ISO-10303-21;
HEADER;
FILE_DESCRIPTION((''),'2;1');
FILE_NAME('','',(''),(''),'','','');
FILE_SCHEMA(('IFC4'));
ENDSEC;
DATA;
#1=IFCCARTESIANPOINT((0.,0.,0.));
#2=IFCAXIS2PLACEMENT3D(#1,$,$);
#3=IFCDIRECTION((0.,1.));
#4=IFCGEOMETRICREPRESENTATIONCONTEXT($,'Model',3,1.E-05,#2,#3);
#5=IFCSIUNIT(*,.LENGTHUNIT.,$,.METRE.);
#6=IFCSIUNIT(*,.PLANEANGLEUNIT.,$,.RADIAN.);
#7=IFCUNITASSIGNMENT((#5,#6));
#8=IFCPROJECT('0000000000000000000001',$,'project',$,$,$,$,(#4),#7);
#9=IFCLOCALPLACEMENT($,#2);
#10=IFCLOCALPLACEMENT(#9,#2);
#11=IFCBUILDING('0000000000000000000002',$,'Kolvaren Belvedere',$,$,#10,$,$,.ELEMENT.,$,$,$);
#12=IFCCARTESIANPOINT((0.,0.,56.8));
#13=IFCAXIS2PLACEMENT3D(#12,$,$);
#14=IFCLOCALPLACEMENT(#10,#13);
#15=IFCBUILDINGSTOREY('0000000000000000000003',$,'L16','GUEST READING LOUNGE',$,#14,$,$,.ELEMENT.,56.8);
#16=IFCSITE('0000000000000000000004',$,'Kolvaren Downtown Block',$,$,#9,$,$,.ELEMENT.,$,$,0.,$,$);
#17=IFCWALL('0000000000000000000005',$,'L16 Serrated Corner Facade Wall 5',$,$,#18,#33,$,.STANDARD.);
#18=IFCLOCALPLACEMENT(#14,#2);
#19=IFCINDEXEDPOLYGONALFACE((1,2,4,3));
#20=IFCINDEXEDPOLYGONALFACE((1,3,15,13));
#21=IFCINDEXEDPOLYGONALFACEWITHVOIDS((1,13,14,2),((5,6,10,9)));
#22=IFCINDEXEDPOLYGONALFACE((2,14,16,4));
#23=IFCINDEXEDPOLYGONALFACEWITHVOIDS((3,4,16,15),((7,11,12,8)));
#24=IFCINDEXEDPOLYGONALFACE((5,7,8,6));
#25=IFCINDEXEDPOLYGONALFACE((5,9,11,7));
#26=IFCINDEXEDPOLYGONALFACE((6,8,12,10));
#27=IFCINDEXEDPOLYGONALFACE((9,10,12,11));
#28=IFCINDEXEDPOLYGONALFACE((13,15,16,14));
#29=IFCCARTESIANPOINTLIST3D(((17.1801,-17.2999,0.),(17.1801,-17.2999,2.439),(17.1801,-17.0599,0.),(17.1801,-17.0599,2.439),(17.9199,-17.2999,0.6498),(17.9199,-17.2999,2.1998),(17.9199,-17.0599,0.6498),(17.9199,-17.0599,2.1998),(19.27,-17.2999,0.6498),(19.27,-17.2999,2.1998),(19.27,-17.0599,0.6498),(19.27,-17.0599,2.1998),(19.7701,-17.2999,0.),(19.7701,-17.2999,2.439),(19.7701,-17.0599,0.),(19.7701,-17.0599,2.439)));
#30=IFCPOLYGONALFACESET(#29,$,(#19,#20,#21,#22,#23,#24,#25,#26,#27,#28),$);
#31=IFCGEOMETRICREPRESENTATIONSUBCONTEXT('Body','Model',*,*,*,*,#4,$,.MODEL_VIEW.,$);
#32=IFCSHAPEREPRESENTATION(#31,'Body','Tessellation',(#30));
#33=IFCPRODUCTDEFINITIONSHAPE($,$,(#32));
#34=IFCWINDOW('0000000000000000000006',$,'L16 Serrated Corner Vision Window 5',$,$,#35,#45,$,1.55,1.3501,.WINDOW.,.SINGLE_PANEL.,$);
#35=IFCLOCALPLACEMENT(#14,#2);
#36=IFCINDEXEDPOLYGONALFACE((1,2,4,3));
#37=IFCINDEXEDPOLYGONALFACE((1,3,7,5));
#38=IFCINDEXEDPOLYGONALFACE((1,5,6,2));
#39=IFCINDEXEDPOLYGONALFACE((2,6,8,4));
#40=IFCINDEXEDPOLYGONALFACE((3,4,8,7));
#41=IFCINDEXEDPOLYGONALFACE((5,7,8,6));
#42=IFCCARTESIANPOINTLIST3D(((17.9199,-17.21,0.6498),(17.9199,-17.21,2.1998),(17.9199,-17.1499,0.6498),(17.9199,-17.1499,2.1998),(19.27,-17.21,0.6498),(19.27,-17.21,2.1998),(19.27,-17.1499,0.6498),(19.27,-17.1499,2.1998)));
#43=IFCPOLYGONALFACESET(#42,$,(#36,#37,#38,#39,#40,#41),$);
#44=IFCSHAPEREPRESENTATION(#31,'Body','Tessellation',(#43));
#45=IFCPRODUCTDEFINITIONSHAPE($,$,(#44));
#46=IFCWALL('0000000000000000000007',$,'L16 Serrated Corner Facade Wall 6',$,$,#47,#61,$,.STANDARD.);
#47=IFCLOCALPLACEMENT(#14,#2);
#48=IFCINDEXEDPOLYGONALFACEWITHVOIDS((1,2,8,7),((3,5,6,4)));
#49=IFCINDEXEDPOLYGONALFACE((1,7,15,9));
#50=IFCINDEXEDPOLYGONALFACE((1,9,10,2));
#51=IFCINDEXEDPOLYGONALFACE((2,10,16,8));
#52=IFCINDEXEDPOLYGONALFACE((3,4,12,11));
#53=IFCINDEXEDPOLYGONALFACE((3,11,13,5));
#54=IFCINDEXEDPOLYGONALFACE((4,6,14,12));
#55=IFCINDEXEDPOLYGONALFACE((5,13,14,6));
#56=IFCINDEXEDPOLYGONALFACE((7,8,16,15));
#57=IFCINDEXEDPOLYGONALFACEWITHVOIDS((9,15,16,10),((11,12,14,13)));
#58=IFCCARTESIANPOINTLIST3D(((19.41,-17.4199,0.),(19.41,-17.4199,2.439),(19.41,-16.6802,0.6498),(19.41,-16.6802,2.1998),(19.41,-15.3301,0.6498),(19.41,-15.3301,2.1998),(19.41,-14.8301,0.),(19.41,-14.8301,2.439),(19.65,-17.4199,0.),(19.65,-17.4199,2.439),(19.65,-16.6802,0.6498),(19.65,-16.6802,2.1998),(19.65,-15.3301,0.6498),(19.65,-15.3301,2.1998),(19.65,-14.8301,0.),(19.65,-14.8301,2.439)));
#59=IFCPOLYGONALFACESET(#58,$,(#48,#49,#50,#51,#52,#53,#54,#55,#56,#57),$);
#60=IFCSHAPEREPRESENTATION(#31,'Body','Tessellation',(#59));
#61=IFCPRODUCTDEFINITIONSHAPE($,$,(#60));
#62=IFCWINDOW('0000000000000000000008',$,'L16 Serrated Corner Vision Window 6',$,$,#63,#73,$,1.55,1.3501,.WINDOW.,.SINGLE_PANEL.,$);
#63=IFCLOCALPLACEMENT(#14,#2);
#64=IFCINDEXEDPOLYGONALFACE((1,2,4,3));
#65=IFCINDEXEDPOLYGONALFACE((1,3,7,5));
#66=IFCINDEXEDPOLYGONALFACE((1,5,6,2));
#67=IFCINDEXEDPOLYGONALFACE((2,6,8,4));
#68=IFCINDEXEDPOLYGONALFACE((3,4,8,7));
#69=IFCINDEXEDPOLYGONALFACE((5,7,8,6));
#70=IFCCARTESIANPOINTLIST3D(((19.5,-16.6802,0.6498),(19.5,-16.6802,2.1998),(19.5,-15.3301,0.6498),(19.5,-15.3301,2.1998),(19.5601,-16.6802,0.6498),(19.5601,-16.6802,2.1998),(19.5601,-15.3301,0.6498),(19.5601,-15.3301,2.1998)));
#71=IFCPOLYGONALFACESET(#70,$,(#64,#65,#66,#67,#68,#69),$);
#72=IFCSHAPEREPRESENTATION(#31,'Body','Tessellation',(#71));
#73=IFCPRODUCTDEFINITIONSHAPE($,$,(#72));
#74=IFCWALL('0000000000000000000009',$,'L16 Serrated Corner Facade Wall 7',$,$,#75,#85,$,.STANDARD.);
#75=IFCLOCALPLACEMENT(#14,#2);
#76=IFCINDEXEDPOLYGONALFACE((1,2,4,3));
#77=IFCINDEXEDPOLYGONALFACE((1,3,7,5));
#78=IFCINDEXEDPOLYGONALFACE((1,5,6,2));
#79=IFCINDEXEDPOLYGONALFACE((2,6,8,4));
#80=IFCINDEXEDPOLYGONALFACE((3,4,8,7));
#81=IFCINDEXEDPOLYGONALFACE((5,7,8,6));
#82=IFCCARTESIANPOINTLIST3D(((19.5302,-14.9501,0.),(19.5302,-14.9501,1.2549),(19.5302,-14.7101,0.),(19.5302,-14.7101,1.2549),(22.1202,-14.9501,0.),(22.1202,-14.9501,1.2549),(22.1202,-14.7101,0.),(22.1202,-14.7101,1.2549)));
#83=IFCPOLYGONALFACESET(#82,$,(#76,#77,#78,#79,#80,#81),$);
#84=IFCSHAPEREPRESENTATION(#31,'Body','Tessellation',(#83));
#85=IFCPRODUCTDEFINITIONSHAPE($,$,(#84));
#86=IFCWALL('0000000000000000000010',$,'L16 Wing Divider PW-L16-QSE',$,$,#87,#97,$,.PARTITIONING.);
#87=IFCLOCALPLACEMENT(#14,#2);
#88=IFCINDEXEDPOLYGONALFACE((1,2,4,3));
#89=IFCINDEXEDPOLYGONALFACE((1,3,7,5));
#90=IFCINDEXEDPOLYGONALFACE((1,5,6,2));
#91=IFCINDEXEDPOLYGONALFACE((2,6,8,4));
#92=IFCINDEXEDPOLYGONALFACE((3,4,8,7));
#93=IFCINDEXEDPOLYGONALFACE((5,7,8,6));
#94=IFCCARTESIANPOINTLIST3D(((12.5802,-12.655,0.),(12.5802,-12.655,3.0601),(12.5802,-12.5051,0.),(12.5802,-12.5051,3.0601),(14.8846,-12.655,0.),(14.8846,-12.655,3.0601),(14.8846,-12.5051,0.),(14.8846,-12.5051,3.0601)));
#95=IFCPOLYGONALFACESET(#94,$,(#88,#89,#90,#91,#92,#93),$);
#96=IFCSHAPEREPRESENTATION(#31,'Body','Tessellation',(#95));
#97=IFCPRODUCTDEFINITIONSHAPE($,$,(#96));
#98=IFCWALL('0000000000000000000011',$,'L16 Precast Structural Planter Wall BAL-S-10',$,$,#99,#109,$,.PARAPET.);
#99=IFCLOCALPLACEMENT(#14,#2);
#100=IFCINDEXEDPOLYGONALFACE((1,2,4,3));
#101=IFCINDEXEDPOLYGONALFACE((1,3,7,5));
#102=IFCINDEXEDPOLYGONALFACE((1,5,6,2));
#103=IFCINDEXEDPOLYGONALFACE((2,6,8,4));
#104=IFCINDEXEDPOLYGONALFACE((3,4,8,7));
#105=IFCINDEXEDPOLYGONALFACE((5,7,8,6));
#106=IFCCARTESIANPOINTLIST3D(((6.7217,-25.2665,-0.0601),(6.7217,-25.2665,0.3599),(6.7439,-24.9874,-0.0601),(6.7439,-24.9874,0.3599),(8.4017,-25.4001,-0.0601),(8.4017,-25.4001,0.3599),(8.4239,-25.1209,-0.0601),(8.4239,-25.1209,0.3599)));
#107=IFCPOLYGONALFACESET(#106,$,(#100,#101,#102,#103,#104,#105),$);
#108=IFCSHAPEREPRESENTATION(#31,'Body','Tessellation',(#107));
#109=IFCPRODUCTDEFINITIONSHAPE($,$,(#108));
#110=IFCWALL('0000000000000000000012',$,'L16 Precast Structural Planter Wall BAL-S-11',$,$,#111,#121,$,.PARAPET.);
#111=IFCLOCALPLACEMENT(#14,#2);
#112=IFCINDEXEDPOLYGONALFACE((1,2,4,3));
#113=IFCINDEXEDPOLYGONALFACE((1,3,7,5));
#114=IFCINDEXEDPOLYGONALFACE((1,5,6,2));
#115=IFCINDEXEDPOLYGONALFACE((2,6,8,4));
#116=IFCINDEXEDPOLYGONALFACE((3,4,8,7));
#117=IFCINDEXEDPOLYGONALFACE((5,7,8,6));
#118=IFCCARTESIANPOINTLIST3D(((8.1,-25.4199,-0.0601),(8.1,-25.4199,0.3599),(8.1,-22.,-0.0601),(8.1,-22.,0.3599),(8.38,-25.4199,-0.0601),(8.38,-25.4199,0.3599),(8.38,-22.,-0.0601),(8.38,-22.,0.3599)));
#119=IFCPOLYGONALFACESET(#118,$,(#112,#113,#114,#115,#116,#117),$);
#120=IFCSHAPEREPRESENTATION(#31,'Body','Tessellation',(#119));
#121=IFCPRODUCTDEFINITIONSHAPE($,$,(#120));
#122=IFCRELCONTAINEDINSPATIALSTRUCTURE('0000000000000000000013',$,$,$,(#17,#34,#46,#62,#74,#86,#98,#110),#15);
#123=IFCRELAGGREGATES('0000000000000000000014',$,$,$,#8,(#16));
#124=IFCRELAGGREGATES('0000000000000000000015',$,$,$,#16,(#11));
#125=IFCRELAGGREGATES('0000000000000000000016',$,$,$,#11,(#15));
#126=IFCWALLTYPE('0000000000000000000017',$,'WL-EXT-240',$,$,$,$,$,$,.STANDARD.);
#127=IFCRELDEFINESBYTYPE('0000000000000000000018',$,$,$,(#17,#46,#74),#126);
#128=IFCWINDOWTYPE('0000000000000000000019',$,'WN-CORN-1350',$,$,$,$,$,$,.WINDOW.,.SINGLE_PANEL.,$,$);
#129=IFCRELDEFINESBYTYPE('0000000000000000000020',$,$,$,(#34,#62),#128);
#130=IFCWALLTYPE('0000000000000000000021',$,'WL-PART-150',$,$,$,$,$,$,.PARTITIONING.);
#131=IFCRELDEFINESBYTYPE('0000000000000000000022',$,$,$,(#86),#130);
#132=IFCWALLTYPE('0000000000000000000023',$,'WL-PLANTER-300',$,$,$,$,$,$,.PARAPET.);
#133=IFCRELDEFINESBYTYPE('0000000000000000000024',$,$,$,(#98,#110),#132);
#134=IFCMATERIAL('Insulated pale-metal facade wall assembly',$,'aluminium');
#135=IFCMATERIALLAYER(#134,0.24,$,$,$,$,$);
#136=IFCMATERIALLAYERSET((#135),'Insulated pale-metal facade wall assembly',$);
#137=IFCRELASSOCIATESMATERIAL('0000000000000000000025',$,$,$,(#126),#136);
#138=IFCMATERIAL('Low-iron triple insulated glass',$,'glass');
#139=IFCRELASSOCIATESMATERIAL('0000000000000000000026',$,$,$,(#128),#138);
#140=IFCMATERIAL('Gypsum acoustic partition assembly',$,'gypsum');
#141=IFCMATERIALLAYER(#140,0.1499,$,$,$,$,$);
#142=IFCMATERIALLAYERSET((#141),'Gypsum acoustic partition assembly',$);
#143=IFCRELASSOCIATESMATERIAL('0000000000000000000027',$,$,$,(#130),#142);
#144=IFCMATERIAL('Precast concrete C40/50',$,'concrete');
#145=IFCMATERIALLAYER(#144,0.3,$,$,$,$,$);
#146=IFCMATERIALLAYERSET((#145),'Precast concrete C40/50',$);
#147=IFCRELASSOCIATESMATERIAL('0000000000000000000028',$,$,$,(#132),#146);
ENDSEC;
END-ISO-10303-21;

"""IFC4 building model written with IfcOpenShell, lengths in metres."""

from ifc_helpers import new_model, si_unit, direction, frame, frame_2d, origin, place, context, subcontext, project, spatial, rectangle, extrude, material, layer, layer_set, type_object, element, fill, save


model = new_model("IFC4")

# Units and contexts
model_context = context("Model", 3, precision=1e-05, world=origin(), true_north=direction((0.0, 1.0)))
body_context = subcontext(model_context, "Body", "Model", "MODEL_VIEW")
ifc_project = project(units=[si_unit("LENGTHUNIT", "METRE"), si_unit("PLANEANGLEUNIT", "RADIAN")], contexts=[model_context])

# Site, building, storey
site_placement = place(None, origin())
site = spatial("IfcSite", under=ifc_project, at=site_placement, Name="Kolvaren Downtown Block", CompositionType="ELEMENT", RefElevation=0.0)
building_placement = place(site_placement, origin())
building = spatial("IfcBuilding", under=site, at=building_placement, Name="Kolvaren Belvedere", CompositionType="ELEMENT")
storey_placement = place(building_placement, frame((0.0, 0.0, 56.8)))
storey = spatial("IfcBuildingStorey", under=building, at=storey_placement, Name="L16", Description="GUEST READING LOUNGE", CompositionType="ELEMENT", Elevation=56.8)

# Shared definitions
ifc_material_1 = material(Name="Insulated pale-metal facade wall assembly", Category="aluminium")
ifc_layer_1 = layer(ifc_material_1, 0.24)
ifc_layer_set_1 = layer_set([ifc_layer_1], Name="Insulated pale-metal facade wall assembly")
wall_type_1 = type_object("IfcWallType", Name="WL-EXT-240", PredefinedType="STANDARD", material=ifc_layer_set_1)

# Walls, openings, windows
ifc_material_2 = material(Name="Low-iron triple insulated glass", Category="glass")
window_type = type_object("IfcWindowType", Name="WN-CORN-1350", PartitioningType="SINGLE_PANEL", PredefinedType="WINDOW", material=ifc_material_2)
wall_1_placement = place(storey_placement, frame((19.77, -17.1799, 0.0), z_axis=(0.0, 0.0, 1.0), x_axis=(-1.0, 0.0, 0.0)))
wall_1 = element("IfcWall", 1, at=wall_1_placement, inside=storey, type_object=wall_type_1, Name="L16 Serrated Corner Facade Wall 5", PredefinedType="STANDARD", context=body_context, shape_type="SweptSolid", body=[
    extrude(rectangle(XDim=2.5901, YDim=0.24, at=frame_2d((1.2949, 0.0))), origin(), (0.0, 0.0, 1.0), 2.439),
])
opening_1_placement = place(wall_1_placement, frame((0.5, 0.0, 0.6499)))
opening_1 = element("IfcOpeningElement", 2, at=opening_1_placement, cuts=wall_1, PredefinedType="OPENING", context=body_context, shape_type="SweptSolid", body=[
    extrude(rectangle(XDim=1.3501, YDim=1.55, at=frame_2d((0.675, 0.7749))), frame((0.0, 0.1299, 0.0), z_axis=(0.0, -1.0, 0.0), x_axis=(1.0, 0.0, 0.0)), (0.0, 0.0, 1.0), 0.26),
])
window_1_placement = place(opening_1_placement, origin())
window_1 = element("IfcWindow", 3, at=window_1_placement, inside=storey, type_object=window_type, Name="L16 Serrated Corner Vision Window 5", OverallHeight=1.55, OverallWidth=1.3501, PartitioningType="SINGLE_PANEL", PredefinedType="WINDOW", context=body_context, shape_type="SweptSolid", body=[
    extrude(rectangle(XDim=1.3501, YDim=1.55, at=frame_2d((0.675, 0.7749))), frame((0.0, 0.03, 0.0), z_axis=(0.0, -1.0, 0.0), x_axis=(1.0, 0.0, 0.0)), (0.0, 0.0, 1.0), 0.0601),
])
fill(opening_1, window_1)
wall_2_placement = place(storey_placement, frame((19.53, -14.8301, 0.0), z_axis=(0.0, 0.0, 1.0), x_axis=(0.0, -1.0, 0.0)))
wall_2 = element("IfcWall", 4, at=wall_2_placement, inside=storey, type_object=wall_type_1, Name="L16 Serrated Corner Facade Wall 6", PredefinedType="STANDARD", context=body_context, shape_type="SweptSolid", body=[
    extrude(rectangle(XDim=2.5898, YDim=0.24, at=frame_2d((1.2949, 0.0))), origin(), (0.0, 0.0, 1.0), 2.439),
])
opening_2_placement = place(wall_2_placement, frame((0.5, 0.0, 0.6499)))
opening_2 = element("IfcOpeningElement", 5, at=opening_2_placement, cuts=wall_2, PredefinedType="OPENING", context=body_context, shape_type="SweptSolid", body=[
    extrude(rectangle(XDim=1.3501, YDim=1.55, at=frame_2d((0.675, 0.7749))), frame((0.0, 0.1299, 0.0), z_axis=(0.0, -1.0, 0.0), x_axis=(1.0, 0.0, 0.0)), (0.0, 0.0, 1.0), 0.26),
])
window_2_placement = place(opening_2_placement, origin())
window_2 = element("IfcWindow", 6, at=window_2_placement, inside=storey, type_object=window_type, Name="L16 Serrated Corner Vision Window 6", OverallHeight=1.55, OverallWidth=1.3501, PartitioningType="SINGLE_PANEL", PredefinedType="WINDOW", context=body_context, shape_type="SweptSolid", body=[
    extrude(rectangle(XDim=1.3501, YDim=1.55, at=frame_2d((0.675, 0.7749))), frame((0.0, 0.03, 0.0), z_axis=(0.0, -1.0, 0.0), x_axis=(1.0, 0.0, 0.0)), (0.0, 0.0, 1.0), 0.0601),
])
fill(opening_2, window_2)

# Walls
wall_3_placement = place(storey_placement, frame((22.1201, -14.8301, 0.0), z_axis=(0.0, 0.0, 1.0), x_axis=(-1.0, 0.0, 0.0)))
element("IfcWall", 7, at=wall_3_placement, inside=storey, type_object=wall_type_1, Name="L16 Serrated Corner Facade Wall 7", PredefinedType="STANDARD", context=body_context, shape_type="SweptSolid", body=[
    extrude(rectangle(XDim=2.5901, YDim=0.24, at=frame_2d((1.2949, 0.0))), origin(), (0.0, 0.0, 1.0), 1.2549),
])
ifc_material_3 = material(Name="Gypsum acoustic partition assembly", Category="gypsum")
ifc_layer_2 = layer(ifc_material_3, 0.1499)
ifc_layer_set_2 = layer_set([ifc_layer_2], Name="Gypsum acoustic partition assembly")
wall_type_2 = type_object("IfcWallType", Name="WL-PART-150", PredefinedType="PARTITIONING", material=ifc_layer_set_2)
wall_4_placement = place(storey_placement, frame((12.5801, -12.5801, 0.0), z_axis=(0.0, 0.0, 1.0), x_axis=(1.0, 0.0, 0.0)))
element("IfcWall", 8, at=wall_4_placement, inside=storey, type_object=wall_type_2, Name="L16 Wing Divider PW-L16-QSE", PredefinedType="PARTITIONING", context=body_context, shape_type="SweptSolid", body=[
    extrude(rectangle(XDim=2.3044, YDim=0.1499, at=frame_2d((1.1523, 0.0))), origin(), (0.0, 0.0, 1.0), 3.0601),
])
ifc_material_4 = material(Name="Precast concrete C40/50", Category="concrete")
ifc_layer_3 = layer(ifc_material_4, 0.3)
ifc_layer_set_3 = layer_set([ifc_layer_3], Name="Precast concrete C40/50")
wall_type_3 = type_object("IfcWallType", Name="WL-PLANTER-300", PredefinedType="PARAPET", material=ifc_layer_set_3)
wall_5_placement = place(storey_placement, frame((6.7327, -25.127, -0.0601), z_axis=(0.0, 0.0, 1.0), x_axis=(0.996855, -0.079244, 0.0)))
element("IfcWall", 9, at=wall_5_placement, inside=storey, type_object=wall_type_3, Name="L16 Precast Structural Planter Wall BAL-S-10", PredefinedType="PARAPET", context=body_context, shape_type="SweptSolid", body=[
    extrude(rectangle(XDim=1.6853, YDim=0.28, at=frame_2d((0.8428, 0.0))), origin(), (0.0, 0.0, 1.0), 0.4199),
])
wall_6_placement = place(storey_placement, frame((8.24, -25.4199, -0.0601), z_axis=(0.0, 0.0, 1.0), x_axis=(0.0, 1.0, 0.0)))
element("IfcWall", 10, at=wall_6_placement, inside=storey, type_object=wall_type_3, Name="L16 Precast Structural Planter Wall BAL-S-11", PredefinedType="PARAPET", context=body_context, shape_type="SweptSolid", body=[
    extrude(rectangle(XDim=3.4199, YDim=0.28, at=frame_2d((1.71, 0.0))), origin(), (0.0, 0.0, 1.0), 0.4199),
])

save(model, "model.ifc")
